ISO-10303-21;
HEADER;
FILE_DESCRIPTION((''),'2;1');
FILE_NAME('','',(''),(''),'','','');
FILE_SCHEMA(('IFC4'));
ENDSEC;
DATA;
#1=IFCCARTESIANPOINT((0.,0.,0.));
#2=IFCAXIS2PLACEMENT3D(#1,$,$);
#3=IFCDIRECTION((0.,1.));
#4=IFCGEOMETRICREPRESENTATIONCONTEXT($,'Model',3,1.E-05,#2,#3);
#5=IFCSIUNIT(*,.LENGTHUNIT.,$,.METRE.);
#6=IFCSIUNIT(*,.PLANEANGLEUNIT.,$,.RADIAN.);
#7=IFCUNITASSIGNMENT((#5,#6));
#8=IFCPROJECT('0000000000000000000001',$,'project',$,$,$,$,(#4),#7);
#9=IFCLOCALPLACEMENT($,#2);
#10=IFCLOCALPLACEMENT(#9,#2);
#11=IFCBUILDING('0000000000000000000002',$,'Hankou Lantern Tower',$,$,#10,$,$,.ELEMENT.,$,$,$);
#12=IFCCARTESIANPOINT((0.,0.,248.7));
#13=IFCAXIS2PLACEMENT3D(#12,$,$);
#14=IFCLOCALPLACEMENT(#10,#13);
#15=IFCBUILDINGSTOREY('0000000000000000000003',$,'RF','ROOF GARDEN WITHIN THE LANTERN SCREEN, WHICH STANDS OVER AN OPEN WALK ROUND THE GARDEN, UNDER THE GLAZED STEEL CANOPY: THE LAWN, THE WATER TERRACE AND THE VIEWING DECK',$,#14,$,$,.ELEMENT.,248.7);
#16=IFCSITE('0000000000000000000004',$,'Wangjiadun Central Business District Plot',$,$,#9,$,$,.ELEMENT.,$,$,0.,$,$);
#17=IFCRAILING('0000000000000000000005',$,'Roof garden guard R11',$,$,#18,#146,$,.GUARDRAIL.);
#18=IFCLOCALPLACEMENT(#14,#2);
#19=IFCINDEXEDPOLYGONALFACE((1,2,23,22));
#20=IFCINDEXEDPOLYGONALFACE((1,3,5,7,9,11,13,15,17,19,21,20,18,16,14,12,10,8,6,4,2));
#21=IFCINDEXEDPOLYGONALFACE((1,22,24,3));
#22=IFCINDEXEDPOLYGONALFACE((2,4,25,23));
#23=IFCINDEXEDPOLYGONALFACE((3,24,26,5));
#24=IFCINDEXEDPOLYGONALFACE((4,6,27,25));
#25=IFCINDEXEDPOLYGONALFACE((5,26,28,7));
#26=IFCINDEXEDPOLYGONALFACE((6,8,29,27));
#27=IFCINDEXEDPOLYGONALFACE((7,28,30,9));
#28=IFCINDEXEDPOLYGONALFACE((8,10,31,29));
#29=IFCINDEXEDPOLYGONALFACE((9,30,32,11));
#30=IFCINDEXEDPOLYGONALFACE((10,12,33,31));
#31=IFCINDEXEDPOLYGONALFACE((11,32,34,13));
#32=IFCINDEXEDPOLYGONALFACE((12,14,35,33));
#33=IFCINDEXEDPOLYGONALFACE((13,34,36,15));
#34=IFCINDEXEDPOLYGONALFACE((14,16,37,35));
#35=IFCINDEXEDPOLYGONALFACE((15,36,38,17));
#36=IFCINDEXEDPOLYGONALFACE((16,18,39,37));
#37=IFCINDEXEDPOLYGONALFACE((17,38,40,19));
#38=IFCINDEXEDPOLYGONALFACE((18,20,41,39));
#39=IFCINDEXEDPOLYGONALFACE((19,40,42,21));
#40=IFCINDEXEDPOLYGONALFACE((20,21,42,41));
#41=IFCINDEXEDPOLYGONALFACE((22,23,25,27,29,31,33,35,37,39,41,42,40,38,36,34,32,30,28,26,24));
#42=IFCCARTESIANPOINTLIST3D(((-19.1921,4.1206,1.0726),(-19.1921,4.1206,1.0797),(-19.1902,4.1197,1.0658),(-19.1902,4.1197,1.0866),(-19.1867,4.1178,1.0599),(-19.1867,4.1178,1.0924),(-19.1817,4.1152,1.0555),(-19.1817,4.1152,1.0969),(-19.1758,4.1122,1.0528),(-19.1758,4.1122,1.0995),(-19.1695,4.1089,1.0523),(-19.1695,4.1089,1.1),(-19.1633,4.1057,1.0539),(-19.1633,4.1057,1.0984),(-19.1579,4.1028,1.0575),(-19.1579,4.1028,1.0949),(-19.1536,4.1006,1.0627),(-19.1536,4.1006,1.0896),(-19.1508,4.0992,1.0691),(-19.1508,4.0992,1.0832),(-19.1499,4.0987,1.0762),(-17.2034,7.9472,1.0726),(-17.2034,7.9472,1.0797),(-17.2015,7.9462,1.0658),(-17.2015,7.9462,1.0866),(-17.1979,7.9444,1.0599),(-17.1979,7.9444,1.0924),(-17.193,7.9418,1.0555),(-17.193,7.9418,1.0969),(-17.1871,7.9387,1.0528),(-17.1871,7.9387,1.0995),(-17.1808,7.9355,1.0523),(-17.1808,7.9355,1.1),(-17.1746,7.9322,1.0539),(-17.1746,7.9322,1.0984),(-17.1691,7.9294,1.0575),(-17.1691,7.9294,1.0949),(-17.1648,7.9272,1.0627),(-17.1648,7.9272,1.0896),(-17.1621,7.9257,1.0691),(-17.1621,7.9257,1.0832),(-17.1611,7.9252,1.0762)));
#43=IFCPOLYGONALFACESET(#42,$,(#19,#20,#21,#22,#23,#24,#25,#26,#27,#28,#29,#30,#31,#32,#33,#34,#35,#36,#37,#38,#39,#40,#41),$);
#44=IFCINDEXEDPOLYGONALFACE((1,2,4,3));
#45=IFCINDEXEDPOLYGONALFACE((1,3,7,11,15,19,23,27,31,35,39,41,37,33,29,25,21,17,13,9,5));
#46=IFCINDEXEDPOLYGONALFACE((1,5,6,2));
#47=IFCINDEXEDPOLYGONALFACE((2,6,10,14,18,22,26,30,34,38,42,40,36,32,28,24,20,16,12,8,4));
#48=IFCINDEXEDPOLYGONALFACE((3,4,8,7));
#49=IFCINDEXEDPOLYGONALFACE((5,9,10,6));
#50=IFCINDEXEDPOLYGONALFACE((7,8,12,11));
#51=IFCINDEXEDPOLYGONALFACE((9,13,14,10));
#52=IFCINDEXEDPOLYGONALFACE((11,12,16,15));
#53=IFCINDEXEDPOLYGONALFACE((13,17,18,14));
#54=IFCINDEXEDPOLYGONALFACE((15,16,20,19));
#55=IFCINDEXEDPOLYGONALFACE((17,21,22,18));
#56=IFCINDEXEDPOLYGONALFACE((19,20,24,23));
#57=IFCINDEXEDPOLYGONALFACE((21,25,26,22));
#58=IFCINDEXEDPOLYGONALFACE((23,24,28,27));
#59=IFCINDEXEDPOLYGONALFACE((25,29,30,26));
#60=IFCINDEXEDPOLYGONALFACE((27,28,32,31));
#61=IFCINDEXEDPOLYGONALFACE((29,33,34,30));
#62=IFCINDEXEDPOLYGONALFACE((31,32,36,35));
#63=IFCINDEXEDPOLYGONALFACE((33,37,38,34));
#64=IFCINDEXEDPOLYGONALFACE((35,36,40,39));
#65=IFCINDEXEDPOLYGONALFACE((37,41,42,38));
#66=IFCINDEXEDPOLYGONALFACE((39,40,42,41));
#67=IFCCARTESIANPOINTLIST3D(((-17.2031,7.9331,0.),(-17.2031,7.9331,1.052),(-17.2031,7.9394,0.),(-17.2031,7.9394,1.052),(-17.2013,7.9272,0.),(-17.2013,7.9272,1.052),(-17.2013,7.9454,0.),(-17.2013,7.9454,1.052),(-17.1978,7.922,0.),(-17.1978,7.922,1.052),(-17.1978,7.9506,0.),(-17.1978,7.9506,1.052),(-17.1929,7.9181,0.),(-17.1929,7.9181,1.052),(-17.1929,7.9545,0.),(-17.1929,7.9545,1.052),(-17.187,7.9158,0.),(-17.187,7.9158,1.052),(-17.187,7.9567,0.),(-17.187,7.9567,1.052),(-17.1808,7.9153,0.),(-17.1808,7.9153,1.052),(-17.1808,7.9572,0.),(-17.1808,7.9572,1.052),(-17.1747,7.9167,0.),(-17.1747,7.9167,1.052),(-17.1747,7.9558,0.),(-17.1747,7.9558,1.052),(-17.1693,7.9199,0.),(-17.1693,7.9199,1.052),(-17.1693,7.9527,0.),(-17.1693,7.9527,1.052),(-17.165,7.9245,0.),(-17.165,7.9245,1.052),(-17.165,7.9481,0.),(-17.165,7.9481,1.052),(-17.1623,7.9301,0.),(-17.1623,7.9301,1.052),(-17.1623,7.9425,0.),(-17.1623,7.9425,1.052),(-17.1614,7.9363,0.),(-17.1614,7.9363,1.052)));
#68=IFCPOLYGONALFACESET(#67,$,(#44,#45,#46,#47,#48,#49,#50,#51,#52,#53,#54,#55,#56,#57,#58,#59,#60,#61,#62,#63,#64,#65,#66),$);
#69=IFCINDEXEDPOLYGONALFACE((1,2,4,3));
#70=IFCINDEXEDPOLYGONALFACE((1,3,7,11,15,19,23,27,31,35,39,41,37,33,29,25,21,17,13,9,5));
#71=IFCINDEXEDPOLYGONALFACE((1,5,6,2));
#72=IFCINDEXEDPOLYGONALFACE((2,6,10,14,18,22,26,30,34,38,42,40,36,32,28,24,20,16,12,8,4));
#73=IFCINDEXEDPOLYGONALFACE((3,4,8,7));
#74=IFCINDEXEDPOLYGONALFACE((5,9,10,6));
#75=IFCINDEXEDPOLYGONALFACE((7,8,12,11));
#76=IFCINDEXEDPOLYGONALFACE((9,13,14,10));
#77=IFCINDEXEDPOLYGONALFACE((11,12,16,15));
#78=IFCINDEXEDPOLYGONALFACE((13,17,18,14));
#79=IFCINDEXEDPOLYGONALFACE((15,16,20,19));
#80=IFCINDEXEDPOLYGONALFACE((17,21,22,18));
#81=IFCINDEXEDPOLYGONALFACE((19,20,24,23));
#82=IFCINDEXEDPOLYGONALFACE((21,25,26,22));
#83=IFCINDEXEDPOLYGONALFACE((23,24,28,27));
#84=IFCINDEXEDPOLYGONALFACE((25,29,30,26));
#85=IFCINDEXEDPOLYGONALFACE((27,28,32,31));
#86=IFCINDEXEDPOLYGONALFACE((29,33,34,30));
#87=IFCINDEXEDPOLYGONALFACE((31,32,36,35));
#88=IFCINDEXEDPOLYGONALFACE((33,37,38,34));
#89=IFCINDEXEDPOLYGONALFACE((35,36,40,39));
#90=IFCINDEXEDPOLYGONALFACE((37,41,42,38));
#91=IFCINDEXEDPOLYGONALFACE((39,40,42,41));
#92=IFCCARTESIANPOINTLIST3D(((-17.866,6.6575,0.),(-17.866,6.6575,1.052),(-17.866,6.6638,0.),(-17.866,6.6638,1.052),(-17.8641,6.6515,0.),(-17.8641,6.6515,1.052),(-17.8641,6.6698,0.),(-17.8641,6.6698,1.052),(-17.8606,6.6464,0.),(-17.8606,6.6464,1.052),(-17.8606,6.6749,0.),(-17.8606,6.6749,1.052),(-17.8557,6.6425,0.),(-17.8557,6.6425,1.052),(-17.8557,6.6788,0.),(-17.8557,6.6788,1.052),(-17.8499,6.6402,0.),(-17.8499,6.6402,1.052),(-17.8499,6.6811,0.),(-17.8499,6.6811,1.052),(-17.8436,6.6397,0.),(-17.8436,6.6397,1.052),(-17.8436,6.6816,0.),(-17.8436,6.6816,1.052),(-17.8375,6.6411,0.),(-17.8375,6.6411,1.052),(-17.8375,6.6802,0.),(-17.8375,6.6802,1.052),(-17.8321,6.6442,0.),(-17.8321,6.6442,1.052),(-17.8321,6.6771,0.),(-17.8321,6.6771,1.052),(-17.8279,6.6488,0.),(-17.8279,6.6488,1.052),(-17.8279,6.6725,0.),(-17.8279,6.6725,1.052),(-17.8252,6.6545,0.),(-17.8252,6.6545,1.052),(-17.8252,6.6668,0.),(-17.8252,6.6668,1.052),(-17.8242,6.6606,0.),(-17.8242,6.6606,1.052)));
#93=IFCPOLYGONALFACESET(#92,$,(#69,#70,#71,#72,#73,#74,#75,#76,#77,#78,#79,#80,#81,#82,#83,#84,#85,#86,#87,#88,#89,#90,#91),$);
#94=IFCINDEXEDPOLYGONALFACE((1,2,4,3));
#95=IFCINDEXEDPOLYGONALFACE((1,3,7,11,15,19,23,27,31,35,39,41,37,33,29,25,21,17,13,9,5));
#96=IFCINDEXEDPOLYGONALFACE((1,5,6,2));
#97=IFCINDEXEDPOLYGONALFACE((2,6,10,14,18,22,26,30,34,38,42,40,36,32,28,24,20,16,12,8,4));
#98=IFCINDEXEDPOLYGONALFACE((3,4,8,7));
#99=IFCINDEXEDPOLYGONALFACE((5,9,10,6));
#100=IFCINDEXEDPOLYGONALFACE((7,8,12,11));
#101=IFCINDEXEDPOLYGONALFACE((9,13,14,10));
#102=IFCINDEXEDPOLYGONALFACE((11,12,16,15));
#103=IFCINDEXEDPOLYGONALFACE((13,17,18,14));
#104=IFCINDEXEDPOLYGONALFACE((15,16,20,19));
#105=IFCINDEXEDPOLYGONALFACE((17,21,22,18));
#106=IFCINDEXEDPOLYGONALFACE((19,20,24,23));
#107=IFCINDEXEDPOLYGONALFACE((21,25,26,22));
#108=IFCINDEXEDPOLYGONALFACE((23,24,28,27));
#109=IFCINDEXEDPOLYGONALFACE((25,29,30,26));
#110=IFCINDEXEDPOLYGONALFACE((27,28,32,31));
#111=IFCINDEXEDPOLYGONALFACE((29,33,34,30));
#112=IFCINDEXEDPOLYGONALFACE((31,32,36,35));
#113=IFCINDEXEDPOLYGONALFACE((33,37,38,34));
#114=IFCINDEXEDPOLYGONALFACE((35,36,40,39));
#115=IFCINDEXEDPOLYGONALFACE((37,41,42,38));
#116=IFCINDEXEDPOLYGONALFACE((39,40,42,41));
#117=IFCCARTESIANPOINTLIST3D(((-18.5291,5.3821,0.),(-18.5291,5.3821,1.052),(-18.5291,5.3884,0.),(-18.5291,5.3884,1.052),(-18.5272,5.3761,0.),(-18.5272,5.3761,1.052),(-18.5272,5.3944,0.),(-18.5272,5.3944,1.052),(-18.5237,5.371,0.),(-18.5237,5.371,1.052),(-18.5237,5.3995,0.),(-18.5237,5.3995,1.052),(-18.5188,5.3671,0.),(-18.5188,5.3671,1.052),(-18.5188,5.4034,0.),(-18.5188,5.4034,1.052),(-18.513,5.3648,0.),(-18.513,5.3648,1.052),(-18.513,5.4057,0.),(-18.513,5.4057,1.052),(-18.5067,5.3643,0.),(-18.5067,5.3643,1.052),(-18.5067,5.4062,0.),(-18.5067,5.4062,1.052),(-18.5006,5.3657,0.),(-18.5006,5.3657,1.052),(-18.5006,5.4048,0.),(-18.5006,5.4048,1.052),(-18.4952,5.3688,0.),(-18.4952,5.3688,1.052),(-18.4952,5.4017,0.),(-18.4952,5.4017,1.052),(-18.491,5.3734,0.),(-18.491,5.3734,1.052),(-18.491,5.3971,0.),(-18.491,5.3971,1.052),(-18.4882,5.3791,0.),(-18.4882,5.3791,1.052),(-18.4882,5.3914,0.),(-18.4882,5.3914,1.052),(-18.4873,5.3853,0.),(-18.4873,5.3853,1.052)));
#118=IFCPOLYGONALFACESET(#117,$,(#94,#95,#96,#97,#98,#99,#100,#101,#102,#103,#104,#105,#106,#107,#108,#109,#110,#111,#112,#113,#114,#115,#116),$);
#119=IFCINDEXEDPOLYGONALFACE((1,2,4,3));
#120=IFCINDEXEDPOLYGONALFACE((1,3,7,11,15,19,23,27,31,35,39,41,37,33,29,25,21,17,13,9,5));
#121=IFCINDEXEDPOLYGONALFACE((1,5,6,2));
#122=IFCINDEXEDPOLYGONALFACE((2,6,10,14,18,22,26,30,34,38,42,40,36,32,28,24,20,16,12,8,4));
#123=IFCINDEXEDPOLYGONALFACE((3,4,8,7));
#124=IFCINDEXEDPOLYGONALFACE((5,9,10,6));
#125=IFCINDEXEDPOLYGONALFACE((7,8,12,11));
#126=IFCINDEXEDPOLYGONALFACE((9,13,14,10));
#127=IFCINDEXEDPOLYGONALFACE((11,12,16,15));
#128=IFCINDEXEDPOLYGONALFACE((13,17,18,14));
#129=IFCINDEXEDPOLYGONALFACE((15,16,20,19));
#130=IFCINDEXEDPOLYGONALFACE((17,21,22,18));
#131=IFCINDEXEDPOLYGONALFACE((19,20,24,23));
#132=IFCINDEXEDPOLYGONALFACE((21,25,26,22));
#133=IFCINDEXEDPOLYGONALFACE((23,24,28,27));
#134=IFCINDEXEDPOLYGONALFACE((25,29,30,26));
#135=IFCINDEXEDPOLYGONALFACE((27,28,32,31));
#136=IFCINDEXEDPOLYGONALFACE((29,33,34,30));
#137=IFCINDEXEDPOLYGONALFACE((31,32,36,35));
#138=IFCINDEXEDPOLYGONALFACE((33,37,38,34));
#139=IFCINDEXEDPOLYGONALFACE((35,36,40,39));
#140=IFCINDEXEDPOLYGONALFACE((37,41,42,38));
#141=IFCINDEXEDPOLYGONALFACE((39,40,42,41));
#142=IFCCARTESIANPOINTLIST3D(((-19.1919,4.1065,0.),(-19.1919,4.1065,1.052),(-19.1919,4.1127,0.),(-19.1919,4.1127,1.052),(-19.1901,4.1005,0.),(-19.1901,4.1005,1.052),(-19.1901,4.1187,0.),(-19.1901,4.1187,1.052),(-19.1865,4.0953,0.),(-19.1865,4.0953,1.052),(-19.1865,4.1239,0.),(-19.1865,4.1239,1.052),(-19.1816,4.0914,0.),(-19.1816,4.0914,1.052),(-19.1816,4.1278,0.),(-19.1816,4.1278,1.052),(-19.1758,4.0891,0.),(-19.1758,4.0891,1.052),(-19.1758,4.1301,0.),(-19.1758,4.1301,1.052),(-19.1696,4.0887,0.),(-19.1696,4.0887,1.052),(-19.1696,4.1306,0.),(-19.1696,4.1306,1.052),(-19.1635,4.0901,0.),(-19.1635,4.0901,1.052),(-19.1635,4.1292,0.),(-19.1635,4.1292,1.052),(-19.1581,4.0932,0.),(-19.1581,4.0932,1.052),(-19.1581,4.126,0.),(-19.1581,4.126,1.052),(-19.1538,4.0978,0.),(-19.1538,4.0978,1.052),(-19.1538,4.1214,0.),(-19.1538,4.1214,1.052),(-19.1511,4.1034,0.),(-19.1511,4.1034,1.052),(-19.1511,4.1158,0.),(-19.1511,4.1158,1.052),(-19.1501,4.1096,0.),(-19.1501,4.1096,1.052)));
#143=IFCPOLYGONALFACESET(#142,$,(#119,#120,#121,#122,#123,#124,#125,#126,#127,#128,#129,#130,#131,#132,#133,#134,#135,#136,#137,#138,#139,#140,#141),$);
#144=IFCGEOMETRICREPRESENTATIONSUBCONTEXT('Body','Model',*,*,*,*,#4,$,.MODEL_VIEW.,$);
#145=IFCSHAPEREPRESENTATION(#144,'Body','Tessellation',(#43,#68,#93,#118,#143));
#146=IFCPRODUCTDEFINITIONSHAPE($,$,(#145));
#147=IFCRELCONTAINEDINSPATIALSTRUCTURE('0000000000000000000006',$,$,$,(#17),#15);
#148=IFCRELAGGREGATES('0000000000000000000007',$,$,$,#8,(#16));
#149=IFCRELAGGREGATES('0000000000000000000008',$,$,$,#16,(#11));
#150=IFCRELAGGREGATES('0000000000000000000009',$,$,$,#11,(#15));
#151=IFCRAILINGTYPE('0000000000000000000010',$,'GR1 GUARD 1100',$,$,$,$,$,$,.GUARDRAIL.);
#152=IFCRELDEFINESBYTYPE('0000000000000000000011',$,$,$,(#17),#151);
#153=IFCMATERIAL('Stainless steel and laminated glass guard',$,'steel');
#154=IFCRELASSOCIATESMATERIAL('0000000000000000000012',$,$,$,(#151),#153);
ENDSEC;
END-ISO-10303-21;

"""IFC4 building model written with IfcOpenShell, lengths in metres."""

from ifc_helpers import new_model, si_unit, direction, frame, origin, origin_2d, place, context, subcontext, project, spatial, circle, extrude, material, type_object, element, save


model = new_model("IFC4")

# Units and contexts
model_context = context("Model", 3, precision=1e-05, world=origin(), true_north=direction((0.0, 1.0)))
body_context = subcontext(model_context, "Body", "Model", "MODEL_VIEW")
ifc_project = project(units=[si_unit("LENGTHUNIT", "METRE"), si_unit("PLANEANGLEUNIT", "RADIAN")], contexts=[model_context])

# Site, building, storey
site_placement = place(None, origin())
site = spatial("IfcSite", under=ifc_project, at=site_placement, Name="Wangjiadun Central Business District Plot", CompositionType="ELEMENT", RefElevation=0.0)
building_placement = place(site_placement, origin())
building = spatial("IfcBuilding", under=site, at=building_placement, Name="Hankou Lantern Tower", CompositionType="ELEMENT")
storey_placement = place(building_placement, frame((0.0, 0.0, 248.7)))
storey = spatial("IfcBuildingStorey", under=building, at=storey_placement, Name="RF", Description="ROOF GARDEN WITHIN THE LANTERN SCREEN, WHICH STANDS OVER AN OPEN WALK ROUND THE GARDEN, UNDER THE GLAZED STEEL CANOPY: THE LAWN, THE WATER TERRACE AND THE VIEWING DECK", CompositionType="ELEMENT", Elevation=248.7)

# Railing
ifc_material_1 = material(Name="Stainless steel and laminated glass guard", Category="steel")
railing_type = type_object("IfcRailingType", Name="GR1 GUARD 1100", PredefinedType="GUARDRAIL", material=ifc_material_1)
railing_1_placement = place(storey_placement, frame((-17.1824, 7.9363, 0.0)))
element("IfcRailing", 1, at=railing_1_placement, inside=storey, type_object=railing_type, Name="Roof garden guard R11", PredefinedType="GUARDRAIL", context=body_context, shape_type="SweptSolid", body=[
    extrude(circle(Radius=0.0239, at=origin_2d()), frame((0.0, 0.0, 1.0762), z_axis=(-0.461153, -0.887321, 0.0), x_axis=(0.887321, -0.461153, 0.0)), (0.0, 0.0, 1.0), 4.3125),
    extrude(circle(Radius=0.021, at=origin_2d()), origin(), (0.0, 0.0, 1.0), 1.052),
    extrude(circle(Radius=0.021, at=origin_2d()), frame((-0.6628, -1.2756, 0.0)), (0.0, 0.0, 1.0), 1.052),
    extrude(circle(Radius=0.021, at=origin_2d()), frame((-1.3259, -2.551, 0.0)), (0.0, 0.0, 1.0), 1.052),
    extrude(circle(Radius=0.021, at=origin_2d()), frame((-1.9888, -3.8267, 0.0)), (0.0, 0.0, 1.0), 1.052),
])

save(model, "model.ifc")
